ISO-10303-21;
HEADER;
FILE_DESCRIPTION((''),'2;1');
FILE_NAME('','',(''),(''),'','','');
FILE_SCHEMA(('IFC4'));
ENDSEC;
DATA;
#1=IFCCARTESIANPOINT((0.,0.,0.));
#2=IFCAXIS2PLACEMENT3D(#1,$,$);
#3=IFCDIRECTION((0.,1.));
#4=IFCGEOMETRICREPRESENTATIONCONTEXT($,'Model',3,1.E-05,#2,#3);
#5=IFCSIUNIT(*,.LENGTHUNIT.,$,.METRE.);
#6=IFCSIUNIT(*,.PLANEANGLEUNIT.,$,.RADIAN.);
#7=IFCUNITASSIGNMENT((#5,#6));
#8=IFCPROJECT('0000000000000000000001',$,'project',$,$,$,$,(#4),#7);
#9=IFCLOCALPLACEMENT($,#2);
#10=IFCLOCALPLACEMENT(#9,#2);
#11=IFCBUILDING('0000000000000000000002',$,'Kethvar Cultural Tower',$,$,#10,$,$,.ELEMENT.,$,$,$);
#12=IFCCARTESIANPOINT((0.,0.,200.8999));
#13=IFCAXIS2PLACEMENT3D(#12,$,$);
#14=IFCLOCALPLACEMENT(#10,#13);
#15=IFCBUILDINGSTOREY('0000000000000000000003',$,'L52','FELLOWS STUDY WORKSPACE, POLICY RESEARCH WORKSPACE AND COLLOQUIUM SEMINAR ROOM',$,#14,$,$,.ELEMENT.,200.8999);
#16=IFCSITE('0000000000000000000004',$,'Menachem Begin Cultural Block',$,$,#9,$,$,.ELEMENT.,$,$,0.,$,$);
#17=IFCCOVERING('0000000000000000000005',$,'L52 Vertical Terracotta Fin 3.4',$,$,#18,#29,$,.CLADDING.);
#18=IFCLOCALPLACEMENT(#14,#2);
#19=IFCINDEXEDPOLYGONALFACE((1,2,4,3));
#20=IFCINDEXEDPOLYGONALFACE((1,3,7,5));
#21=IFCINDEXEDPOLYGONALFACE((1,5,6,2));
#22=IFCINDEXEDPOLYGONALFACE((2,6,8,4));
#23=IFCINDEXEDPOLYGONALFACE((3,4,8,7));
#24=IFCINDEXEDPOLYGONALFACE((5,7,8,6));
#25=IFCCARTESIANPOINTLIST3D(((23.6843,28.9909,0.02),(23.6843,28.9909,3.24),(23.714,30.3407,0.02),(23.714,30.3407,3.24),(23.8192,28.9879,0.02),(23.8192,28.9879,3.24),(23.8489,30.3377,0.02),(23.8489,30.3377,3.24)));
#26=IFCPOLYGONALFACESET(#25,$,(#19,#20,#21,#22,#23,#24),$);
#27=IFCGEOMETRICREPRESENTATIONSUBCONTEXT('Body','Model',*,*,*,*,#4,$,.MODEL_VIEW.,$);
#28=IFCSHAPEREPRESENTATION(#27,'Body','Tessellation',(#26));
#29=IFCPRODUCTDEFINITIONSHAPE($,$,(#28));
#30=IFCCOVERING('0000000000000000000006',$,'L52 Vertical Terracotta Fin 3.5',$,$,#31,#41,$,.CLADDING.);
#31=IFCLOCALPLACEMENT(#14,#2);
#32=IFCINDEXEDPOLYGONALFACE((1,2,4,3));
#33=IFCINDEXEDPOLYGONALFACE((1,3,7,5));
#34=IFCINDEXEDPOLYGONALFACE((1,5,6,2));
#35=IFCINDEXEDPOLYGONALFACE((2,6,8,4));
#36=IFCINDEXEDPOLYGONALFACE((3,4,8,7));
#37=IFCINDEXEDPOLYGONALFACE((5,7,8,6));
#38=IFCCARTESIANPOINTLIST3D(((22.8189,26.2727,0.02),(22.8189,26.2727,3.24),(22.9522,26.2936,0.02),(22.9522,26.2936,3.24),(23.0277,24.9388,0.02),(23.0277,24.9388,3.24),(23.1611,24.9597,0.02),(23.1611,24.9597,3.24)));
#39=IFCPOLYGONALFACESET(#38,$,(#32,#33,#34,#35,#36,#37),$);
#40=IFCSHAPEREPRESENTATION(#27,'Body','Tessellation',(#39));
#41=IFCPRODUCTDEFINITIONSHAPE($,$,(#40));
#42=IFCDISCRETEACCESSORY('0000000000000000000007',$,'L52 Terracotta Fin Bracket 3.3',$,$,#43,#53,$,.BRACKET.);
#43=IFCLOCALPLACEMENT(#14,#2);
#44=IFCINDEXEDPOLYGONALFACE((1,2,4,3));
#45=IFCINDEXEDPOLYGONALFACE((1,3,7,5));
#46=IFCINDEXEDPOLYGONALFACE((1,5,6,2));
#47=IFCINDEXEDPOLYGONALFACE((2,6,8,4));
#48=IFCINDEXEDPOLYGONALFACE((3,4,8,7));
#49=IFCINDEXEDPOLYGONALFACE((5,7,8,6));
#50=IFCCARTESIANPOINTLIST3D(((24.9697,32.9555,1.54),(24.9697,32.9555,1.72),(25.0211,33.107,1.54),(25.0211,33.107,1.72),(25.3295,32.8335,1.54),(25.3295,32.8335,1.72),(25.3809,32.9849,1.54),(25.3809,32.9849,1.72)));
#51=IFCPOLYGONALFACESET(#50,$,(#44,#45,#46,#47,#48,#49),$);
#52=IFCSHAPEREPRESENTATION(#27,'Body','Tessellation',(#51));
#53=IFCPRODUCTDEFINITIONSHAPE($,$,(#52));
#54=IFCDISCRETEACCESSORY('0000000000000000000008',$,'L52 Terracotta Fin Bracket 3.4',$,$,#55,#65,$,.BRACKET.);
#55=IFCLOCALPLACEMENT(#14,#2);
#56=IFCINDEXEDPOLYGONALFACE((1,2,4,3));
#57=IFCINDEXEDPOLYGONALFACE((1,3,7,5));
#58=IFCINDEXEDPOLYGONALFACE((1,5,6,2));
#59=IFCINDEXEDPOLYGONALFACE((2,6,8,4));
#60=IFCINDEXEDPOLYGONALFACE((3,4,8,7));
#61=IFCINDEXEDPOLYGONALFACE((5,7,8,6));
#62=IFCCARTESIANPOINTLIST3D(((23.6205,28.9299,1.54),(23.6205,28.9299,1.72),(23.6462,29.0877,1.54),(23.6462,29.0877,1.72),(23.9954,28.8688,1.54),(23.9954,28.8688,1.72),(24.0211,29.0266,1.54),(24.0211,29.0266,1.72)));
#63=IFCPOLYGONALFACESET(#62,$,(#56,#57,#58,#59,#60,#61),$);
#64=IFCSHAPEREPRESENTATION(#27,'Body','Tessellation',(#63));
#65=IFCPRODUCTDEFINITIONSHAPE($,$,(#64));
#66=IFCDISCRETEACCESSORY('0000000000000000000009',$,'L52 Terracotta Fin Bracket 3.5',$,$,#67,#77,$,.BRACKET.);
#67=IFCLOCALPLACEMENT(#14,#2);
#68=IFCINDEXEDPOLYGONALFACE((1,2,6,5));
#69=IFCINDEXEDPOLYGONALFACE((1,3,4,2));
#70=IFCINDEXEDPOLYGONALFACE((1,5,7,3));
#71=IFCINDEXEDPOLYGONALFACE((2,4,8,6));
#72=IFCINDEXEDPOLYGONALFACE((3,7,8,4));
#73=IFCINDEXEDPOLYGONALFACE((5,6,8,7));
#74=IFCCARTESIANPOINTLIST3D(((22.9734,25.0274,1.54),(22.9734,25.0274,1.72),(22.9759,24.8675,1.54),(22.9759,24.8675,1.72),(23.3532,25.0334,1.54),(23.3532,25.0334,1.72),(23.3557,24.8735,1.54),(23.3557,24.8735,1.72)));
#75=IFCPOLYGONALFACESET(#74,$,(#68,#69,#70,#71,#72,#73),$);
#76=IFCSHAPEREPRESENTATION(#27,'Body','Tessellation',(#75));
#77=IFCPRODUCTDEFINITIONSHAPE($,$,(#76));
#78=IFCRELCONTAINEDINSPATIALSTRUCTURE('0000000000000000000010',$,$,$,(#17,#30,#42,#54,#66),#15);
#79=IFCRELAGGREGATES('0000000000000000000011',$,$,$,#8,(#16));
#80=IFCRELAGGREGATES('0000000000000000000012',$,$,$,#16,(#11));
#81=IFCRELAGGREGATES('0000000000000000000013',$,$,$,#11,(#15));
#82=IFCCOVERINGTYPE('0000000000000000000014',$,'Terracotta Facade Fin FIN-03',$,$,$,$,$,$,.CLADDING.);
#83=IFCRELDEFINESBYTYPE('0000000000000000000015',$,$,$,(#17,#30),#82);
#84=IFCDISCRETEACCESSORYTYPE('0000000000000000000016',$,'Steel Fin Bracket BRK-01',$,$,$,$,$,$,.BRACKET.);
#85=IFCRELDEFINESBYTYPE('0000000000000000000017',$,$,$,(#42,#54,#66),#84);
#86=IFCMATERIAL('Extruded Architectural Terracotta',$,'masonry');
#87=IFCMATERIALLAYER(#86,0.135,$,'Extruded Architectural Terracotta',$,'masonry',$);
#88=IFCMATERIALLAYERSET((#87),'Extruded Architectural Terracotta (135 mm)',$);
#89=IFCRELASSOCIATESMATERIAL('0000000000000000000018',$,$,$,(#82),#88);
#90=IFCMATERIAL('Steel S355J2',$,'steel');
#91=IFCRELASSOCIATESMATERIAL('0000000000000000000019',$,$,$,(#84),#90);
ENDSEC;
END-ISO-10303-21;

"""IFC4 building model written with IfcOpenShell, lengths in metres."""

from ifc_helpers import new_model, si_unit, direction, frame, origin, origin_2d, place, context, subcontext, project, spatial, rectangle, extrude, source, transform, mapped, material, layer, layer_set, type_object, element, save


model = new_model("IFC4")

# Units and contexts
model_context = context("Model", 3, precision=1e-05, world=origin(), true_north=direction((0.0, 1.0)))
body_context = subcontext(model_context, "Body", "Model", "MODEL_VIEW")
ifc_project = project(units=[si_unit("LENGTHUNIT", "METRE"), si_unit("PLANEANGLEUNIT", "RADIAN")], contexts=[model_context])

# Site, building, storey
site_placement = place(None, origin())
site = spatial("IfcSite", under=ifc_project, at=site_placement, Name="Menachem Begin Cultural Block", CompositionType="ELEMENT", RefElevation=0.0)
building_placement = place(site_placement, origin())
building = spatial("IfcBuilding", under=site, at=building_placement, Name="Kethvar Cultural Tower", CompositionType="ELEMENT")
storey_placement = place(building_placement, frame((0.0, 0.0, 200.8999)))
storey = spatial("IfcBuildingStorey", under=building, at=storey_placement, Name="L52", Description="FELLOWS STUDY WORKSPACE, POLICY RESEARCH WORKSPACE AND COLLOQUIUM SEMINAR ROOM", CompositionType="ELEMENT", Elevation=200.8999)

# Shared definitions
ifc_material_1 = material(Name="Steel S355J2", Category="steel")

# Coverings
ifc_material_2 = material(Name="Extruded Architectural Terracotta", Category="masonry")
ifc_layer_1 = layer(ifc_material_2, 0.135, Name="Extruded Architectural Terracotta", Category="masonry")
ifc_layer_set_1 = layer_set([ifc_layer_1], Name="Extruded Architectural Terracotta (135 mm)")
covering_type = type_object("IfcCoveringType", Name="Terracotta Facade Fin FIN-03", PredefinedType="CLADDING", material=ifc_layer_set_1)
shared_shape_1 = source(origin(), body_context, "Body", "SweptSolid", [
    extrude(rectangle(XDim=1.3501, YDim=0.135, at=origin_2d()), origin(), (0.0, 0.0, 1.0), 3.22),
])
for number, where, z_axis, x_axis, name in (
    (1, (23.7666, 29.6643, 0.02), (0.0, 0.0, 1.0), (0.021989, 0.999758, 0.0), "L52 Vertical Terracotta Fin 3.4"),
    (2, (22.99, 25.6162, 0.02), (0.0, 0.0, 1.0), (-0.15471, 0.98796, 0.0), "L52 Vertical Terracotta Fin 3.5"),
):
    element("IfcCovering", number, at=place(storey_placement, frame(where, z_axis=z_axis, x_axis=x_axis)), inside=storey, type_object=covering_type, Name=name, PredefinedType="CLADDING", context=body_context, shape_type="MappedRepresentation", body=[
        mapped(shared_shape_1, transform((0.0, 0.0, 0.0), scale=1.0)),
    ])

# Discrete accessories
discrete_accessory_type = type_object("IfcDiscreteAccessoryType", Name="Steel Fin Bracket BRK-01", PredefinedType="BRACKET", material=ifc_material_1)
shared_shape_2 = source(origin(), body_context, "Body", "SweptSolid", [
    extrude(rectangle(XDim=0.3799, YDim=0.1599, at=origin_2d()), origin(), (0.0, 0.0, 1.0), 0.1799),
])
for number, where, z_axis, x_axis, name in (
    (3, (25.1753, 32.9702, 1.54), (0.0, 0.0, 1.0), (-0.946986, 0.321274, 0.0), "L52 Terracotta Fin Bracket 3.3"),
    (4, (23.8208, 28.9783, 1.54), (0.0, 0.0, 1.0), (-0.986968, 0.160915, 0.0), "L52 Terracotta Fin Bracket 3.4"),
    (5, (23.1646, 24.9504, 1.54), (0.0, 0.0, 1.0), (-0.999877, -0.015707, 0.0), "L52 Terracotta Fin Bracket 3.5"),
):
    element("IfcDiscreteAccessory", number, at=place(storey_placement, frame(where, z_axis=z_axis, x_axis=x_axis)), inside=storey, type_object=discrete_accessory_type, Name=name, PredefinedType="BRACKET", context=body_context, shape_type="MappedRepresentation", body=[
        mapped(shared_shape_2, transform((0.0, 0.0, 0.0), scale=1.0)),
    ])

save(model, "model.ifc")
